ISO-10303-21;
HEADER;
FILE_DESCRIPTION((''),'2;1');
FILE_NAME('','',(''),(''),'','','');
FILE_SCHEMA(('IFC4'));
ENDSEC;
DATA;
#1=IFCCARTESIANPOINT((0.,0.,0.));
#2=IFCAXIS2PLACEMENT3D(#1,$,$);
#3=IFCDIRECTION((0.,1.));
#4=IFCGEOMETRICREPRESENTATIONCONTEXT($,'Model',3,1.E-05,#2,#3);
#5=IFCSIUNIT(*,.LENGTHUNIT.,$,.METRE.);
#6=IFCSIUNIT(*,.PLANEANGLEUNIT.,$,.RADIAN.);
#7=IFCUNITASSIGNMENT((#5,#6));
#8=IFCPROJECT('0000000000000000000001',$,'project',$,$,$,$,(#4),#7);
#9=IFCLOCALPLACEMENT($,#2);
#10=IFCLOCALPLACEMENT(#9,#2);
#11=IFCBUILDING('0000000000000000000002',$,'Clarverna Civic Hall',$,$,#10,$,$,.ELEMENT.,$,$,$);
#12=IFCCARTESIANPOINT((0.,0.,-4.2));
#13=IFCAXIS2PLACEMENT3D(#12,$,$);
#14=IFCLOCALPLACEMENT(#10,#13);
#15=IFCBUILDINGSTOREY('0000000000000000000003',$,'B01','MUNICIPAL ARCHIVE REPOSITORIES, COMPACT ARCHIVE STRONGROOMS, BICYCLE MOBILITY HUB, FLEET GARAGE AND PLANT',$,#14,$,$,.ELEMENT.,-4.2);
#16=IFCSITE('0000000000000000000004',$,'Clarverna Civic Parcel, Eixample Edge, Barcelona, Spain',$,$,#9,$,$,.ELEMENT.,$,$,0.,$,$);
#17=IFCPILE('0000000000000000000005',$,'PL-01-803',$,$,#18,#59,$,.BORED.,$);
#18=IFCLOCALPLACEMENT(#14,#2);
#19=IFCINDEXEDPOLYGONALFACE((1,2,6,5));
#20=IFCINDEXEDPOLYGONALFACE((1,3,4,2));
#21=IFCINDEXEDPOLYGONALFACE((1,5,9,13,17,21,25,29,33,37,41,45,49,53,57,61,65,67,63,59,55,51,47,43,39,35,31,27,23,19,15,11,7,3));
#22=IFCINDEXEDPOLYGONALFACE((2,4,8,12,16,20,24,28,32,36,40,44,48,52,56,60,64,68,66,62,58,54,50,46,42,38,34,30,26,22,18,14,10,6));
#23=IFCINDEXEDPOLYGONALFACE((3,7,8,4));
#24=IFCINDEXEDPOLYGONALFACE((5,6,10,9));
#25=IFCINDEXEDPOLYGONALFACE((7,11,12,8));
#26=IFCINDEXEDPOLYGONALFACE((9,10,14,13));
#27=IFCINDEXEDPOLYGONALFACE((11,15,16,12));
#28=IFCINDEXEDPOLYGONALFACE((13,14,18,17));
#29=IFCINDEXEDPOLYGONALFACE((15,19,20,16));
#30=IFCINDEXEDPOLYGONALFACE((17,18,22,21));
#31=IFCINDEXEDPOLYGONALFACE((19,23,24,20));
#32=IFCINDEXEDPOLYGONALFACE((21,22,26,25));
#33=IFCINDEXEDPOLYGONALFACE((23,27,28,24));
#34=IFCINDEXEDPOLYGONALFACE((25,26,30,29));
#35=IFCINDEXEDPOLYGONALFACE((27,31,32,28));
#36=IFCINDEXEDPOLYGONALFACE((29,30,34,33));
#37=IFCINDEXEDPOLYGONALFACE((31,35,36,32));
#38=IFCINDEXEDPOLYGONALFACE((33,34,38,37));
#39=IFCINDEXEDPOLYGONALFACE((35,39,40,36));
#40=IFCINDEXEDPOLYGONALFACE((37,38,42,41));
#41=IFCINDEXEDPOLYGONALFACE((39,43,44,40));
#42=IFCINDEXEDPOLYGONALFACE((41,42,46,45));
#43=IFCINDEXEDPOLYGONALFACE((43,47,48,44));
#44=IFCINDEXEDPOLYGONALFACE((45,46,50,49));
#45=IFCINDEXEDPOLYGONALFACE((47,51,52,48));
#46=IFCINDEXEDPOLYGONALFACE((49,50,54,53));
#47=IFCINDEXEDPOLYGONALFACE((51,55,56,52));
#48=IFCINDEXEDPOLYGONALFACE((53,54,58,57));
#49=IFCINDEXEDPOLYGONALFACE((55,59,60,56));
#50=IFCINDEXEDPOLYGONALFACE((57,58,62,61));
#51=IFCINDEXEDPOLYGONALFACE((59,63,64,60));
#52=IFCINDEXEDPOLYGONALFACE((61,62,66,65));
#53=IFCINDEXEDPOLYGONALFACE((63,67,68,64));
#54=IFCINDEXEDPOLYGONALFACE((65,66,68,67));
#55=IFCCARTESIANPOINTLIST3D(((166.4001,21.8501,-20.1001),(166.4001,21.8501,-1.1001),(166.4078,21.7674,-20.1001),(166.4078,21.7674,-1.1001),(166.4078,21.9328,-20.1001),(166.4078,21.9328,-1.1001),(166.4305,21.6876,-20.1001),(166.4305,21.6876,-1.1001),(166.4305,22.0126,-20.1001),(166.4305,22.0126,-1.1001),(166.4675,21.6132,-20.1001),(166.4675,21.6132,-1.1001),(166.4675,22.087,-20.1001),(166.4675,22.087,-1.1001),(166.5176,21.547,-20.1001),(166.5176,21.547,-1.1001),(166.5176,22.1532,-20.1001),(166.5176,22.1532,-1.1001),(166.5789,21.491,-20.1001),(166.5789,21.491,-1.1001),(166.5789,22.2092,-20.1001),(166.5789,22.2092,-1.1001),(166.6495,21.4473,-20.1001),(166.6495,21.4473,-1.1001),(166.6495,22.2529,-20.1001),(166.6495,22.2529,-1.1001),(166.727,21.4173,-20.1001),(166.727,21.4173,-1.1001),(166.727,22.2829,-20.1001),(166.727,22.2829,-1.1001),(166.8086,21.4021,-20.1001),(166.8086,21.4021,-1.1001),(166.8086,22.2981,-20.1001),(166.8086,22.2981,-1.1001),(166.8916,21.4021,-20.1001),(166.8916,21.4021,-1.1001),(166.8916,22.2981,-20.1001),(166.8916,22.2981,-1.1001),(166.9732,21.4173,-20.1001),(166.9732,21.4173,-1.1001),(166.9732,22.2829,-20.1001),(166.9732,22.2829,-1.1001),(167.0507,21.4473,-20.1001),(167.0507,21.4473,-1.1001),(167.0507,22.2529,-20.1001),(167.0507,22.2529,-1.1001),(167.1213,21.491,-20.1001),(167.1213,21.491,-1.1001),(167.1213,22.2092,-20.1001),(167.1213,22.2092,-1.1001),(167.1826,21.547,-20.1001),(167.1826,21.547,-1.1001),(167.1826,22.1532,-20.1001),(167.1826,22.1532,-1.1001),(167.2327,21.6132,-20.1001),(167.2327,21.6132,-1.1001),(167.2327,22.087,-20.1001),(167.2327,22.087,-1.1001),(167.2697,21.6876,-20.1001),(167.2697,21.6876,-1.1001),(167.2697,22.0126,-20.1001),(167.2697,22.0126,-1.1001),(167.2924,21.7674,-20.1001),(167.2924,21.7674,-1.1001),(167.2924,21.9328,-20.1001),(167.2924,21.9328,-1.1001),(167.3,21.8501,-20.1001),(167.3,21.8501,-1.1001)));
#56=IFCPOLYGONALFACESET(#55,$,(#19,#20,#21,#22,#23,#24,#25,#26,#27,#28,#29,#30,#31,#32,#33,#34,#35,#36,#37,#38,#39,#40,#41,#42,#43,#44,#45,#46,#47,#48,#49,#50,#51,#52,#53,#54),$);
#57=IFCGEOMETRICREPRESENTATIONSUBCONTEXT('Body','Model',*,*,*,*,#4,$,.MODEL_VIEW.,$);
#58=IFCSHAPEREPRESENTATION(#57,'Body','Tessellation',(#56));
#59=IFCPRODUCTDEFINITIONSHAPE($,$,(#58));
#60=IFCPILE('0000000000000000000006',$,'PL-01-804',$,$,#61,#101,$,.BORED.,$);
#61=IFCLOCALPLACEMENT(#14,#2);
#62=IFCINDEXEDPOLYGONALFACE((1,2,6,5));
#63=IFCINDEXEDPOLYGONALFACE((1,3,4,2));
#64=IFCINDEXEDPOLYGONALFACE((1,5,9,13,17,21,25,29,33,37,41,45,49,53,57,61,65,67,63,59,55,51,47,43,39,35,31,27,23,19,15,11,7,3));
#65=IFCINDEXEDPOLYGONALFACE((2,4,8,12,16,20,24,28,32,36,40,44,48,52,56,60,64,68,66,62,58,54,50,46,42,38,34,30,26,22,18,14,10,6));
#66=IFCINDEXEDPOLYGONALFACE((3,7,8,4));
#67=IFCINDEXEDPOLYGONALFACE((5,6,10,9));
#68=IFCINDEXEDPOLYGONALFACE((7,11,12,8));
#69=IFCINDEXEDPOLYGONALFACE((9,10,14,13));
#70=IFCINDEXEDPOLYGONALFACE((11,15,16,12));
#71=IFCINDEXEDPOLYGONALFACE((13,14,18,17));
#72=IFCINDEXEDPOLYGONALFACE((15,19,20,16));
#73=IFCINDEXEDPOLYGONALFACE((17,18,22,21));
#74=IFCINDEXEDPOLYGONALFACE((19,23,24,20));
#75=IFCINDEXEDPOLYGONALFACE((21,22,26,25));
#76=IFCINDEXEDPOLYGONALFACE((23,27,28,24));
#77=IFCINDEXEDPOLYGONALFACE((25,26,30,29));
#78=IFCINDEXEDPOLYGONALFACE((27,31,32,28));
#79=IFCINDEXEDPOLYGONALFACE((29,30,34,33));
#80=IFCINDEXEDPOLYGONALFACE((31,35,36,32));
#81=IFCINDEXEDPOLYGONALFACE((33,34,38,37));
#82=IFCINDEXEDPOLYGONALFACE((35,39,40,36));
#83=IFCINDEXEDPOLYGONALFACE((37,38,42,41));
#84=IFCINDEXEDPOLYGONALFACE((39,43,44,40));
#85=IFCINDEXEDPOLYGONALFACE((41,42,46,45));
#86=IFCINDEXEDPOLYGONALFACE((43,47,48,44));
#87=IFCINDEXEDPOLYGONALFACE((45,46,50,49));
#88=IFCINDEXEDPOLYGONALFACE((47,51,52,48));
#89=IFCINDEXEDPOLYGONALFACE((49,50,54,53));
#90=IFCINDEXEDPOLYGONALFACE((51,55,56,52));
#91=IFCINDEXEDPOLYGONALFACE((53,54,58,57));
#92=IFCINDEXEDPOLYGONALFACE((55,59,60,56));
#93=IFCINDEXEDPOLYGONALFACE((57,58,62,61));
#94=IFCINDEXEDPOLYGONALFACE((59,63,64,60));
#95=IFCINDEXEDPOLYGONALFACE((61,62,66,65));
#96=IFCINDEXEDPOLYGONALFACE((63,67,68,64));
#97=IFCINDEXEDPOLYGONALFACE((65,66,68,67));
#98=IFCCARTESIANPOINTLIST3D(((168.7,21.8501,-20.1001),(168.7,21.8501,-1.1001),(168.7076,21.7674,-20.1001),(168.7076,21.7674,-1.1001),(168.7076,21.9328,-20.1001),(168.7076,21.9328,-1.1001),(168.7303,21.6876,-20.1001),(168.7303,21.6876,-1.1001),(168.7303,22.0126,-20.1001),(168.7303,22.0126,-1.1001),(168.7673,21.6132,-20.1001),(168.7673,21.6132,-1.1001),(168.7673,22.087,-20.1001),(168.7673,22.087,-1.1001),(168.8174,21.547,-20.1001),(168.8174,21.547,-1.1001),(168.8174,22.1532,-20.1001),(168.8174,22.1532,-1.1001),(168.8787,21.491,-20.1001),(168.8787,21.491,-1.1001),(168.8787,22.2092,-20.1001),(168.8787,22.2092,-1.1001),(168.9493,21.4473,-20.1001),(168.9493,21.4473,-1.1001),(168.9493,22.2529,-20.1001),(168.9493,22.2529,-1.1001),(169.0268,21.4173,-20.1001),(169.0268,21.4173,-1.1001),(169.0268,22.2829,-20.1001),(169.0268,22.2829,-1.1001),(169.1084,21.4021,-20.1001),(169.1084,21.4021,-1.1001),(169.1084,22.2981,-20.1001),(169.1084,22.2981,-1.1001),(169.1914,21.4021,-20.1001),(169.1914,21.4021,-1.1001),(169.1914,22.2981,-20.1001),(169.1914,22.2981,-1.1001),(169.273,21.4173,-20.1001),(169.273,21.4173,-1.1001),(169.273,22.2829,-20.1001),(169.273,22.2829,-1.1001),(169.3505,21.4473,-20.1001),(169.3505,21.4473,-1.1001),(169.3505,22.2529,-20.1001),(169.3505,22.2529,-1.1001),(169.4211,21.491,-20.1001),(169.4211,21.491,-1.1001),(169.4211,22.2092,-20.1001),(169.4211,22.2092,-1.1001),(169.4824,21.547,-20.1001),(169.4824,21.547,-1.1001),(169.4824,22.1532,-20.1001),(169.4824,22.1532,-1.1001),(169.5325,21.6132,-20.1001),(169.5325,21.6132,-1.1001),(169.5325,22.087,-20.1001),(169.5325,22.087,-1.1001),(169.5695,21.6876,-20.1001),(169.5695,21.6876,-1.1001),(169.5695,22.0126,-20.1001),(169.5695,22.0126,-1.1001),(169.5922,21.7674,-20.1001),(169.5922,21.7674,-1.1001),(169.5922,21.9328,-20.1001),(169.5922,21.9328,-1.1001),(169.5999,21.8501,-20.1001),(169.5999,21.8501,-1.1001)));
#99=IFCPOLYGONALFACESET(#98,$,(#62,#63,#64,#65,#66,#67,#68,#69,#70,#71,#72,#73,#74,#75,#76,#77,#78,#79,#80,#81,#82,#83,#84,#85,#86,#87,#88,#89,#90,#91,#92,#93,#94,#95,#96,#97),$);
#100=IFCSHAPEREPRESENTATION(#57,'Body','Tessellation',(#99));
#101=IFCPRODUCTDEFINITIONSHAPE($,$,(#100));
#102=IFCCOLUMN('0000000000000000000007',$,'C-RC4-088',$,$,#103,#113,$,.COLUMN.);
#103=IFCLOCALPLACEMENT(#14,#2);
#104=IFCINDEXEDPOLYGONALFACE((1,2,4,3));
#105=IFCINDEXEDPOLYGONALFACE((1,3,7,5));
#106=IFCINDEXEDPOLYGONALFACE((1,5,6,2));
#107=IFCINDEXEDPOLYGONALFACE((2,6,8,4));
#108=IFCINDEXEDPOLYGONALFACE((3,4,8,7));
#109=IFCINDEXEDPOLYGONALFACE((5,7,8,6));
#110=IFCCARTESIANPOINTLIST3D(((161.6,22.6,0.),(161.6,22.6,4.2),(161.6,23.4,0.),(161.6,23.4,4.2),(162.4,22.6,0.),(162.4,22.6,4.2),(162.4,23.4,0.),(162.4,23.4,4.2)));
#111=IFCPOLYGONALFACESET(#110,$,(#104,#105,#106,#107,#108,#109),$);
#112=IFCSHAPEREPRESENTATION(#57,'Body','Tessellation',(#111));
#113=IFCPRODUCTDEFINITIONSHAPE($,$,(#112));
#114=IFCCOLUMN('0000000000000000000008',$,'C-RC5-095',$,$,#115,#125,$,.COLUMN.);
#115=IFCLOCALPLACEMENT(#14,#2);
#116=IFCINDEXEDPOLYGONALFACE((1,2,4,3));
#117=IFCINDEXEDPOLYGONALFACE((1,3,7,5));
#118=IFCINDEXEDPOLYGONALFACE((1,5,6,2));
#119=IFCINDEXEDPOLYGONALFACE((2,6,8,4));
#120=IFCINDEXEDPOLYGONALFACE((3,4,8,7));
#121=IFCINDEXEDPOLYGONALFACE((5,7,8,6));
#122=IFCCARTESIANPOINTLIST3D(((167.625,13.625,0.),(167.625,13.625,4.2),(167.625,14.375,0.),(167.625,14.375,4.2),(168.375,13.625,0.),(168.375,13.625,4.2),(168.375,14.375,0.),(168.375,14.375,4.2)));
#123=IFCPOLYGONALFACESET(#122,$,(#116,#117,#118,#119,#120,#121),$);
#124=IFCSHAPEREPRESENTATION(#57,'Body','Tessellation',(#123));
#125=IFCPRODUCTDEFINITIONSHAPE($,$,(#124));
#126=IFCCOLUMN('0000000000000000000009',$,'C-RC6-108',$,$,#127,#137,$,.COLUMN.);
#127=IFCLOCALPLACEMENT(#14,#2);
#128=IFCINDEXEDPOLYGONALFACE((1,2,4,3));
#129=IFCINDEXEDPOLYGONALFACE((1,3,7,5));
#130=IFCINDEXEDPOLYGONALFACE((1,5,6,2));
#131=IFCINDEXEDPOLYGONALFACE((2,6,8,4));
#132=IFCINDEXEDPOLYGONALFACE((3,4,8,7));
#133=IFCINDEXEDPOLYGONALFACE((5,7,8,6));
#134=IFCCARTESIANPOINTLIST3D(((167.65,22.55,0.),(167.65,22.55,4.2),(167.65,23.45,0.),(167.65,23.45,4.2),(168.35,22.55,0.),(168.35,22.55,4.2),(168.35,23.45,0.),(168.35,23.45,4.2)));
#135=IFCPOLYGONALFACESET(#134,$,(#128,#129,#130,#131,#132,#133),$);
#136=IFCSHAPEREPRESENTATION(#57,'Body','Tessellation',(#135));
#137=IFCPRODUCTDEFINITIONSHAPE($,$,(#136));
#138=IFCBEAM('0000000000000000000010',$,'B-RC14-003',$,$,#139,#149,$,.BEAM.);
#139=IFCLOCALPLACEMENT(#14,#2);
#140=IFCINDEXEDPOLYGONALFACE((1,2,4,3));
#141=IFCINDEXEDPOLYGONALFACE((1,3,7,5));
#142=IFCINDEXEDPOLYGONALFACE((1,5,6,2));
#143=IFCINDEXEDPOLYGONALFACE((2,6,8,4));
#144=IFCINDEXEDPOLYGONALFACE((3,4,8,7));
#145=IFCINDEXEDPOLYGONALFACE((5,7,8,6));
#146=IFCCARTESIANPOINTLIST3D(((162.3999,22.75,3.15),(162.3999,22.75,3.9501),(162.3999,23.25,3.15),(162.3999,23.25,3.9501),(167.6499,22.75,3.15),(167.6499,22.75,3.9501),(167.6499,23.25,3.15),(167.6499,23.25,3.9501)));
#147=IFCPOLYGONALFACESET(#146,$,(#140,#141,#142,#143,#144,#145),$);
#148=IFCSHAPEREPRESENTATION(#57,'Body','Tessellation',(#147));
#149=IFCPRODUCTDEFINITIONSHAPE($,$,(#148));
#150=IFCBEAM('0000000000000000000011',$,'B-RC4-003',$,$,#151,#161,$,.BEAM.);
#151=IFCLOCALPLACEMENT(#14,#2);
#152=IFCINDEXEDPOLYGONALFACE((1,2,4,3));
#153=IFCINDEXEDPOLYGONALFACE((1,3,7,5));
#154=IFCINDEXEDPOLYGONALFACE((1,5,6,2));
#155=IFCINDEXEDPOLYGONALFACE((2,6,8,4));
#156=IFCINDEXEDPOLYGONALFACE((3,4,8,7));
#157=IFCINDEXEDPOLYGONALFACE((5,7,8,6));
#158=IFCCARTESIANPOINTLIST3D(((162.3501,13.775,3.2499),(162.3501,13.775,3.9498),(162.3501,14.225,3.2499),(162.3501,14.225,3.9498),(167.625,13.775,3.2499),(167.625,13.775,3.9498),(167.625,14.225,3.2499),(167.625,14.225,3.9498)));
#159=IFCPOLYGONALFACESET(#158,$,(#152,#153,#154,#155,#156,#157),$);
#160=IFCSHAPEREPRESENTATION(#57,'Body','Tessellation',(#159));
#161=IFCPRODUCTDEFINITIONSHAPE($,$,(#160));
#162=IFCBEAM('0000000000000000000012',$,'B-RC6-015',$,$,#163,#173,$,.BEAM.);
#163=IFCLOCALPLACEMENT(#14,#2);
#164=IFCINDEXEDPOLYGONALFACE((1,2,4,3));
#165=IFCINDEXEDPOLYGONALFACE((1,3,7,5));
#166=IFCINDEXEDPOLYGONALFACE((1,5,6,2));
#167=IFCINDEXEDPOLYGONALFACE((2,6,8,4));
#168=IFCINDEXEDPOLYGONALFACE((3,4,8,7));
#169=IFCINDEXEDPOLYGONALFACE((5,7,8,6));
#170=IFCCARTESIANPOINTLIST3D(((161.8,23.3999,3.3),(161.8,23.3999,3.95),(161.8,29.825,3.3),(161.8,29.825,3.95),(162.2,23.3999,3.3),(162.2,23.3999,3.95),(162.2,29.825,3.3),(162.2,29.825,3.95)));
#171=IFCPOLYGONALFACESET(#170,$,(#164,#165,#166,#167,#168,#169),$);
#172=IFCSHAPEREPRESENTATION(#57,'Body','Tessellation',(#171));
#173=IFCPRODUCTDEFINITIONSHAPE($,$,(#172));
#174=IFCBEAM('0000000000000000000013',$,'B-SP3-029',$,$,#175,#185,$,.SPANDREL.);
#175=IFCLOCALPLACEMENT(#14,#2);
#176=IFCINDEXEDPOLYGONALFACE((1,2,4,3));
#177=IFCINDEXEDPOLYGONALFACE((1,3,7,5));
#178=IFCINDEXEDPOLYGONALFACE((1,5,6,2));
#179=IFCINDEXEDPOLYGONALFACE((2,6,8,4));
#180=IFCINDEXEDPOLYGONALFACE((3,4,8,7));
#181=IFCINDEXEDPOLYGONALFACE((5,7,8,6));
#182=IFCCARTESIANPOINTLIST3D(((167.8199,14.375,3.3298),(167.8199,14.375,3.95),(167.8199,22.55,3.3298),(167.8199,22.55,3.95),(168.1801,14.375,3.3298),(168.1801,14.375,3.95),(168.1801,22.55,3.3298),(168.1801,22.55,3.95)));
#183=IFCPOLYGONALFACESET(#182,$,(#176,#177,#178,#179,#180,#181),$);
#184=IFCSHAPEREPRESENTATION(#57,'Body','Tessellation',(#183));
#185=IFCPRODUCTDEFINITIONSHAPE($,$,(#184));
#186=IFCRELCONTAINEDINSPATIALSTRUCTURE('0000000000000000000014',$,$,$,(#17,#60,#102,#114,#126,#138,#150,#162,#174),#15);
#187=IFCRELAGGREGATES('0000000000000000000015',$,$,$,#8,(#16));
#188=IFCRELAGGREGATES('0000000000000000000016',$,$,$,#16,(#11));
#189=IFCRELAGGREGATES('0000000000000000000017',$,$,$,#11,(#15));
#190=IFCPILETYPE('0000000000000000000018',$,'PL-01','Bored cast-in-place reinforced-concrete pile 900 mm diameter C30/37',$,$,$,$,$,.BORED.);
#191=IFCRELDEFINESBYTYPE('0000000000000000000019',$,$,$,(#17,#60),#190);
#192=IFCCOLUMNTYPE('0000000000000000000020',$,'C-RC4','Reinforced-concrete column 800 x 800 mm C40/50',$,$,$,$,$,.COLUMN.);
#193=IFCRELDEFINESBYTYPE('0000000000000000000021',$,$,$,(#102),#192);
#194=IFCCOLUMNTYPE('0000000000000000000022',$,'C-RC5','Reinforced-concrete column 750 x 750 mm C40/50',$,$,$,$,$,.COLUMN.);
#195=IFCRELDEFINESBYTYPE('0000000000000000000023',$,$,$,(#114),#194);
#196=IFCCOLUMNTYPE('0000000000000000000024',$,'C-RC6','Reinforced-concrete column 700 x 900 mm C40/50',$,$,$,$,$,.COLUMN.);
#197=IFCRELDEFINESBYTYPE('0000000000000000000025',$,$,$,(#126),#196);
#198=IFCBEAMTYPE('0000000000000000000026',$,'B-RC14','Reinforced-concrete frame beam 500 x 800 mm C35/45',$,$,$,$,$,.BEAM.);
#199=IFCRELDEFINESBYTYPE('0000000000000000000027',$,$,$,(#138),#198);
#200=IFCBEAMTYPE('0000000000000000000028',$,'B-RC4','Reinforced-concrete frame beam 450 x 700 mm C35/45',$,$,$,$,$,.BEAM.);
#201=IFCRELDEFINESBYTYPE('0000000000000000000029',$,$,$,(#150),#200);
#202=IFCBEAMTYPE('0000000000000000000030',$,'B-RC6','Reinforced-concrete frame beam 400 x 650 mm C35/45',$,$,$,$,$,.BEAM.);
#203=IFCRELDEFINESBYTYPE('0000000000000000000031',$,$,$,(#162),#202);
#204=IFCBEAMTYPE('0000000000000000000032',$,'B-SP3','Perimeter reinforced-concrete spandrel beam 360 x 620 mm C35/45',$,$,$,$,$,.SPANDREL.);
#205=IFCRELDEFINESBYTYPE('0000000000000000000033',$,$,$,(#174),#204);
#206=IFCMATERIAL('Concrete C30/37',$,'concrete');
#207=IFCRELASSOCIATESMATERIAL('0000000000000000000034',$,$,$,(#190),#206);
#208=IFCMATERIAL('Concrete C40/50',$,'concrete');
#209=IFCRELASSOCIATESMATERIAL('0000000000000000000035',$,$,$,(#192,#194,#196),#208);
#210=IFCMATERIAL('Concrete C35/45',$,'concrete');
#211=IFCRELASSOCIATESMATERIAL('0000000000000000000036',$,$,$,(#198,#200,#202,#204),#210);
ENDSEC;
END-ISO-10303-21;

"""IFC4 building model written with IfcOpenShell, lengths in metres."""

from ifc_helpers import new_model, si_unit, direction, frame, origin, origin_2d, place, context, subcontext, project, spatial, rectangle, circle, extrude, material, material_profile, profile_set, type_object, element, save


model = new_model("IFC4")

# Units and contexts
model_context = context("Model", 3, precision=1e-05, world=origin(), true_north=direction((0.0, 1.0)))
body_context = subcontext(model_context, "Body", "Model", "MODEL_VIEW")
ifc_project = project(units=[si_unit("LENGTHUNIT", "METRE"), si_unit("PLANEANGLEUNIT", "RADIAN")], contexts=[model_context])

# Site, building, storey
site_placement = place(None, origin())
site = spatial("IfcSite", under=ifc_project, at=site_placement, Name="Clarverna Civic Parcel, Eixample Edge, Barcelona, Spain", CompositionType="ELEMENT", RefElevation=0.0)
building_placement = place(site_placement, origin())
building = spatial("IfcBuilding", under=site, at=building_placement, Name="Clarverna Civic Hall", CompositionType="ELEMENT")
storey_placement = place(building_placement, frame((0.0, 0.0, -4.2)))
storey = spatial("IfcBuildingStorey", under=building, at=storey_placement, Name="B01", Description="MUNICIPAL ARCHIVE REPOSITORIES, COMPACT ARCHIVE STRONGROOMS, BICYCLE MOBILITY HUB, FLEET GARAGE AND PLANT", CompositionType="ELEMENT", Elevation=-4.2)

# Shared definitions
ifc_material_1 = material(Name="Concrete C30/37", Category="concrete")

# Piles
ifc_material_profile_1 = material_profile(ifc_material_1, circle(Radius=0.45, at=origin_2d()), Name="BORED PILE D900")
ifc_profile_set_1 = profile_set([ifc_material_profile_1], Name="Concrete C30/37")
pile_type = type_object("IfcPileType", Name="PL-01", Description="Bored cast-in-place reinforced-concrete pile 900 mm diameter C30/37", PredefinedType="BORED", material=ifc_profile_set_1)
for number, where, z_axis, x_axis, name in (
    (1, (166.8501, 21.8501, -1.1001), (0.0, 0.0, -1.0), (1.0, 0.0, 0.0), "PL-01-803"),
    (2, (169.1499, 21.8501, -1.1001), (0.0, 0.0, -1.0), (1.0, 0.0, 0.0), "PL-01-804"),
):
    element("IfcPile", number, at=place(storey_placement, frame(where, z_axis=z_axis, x_axis=x_axis)), inside=storey, type_object=pile_type, Name=name, PredefinedType="BORED", context=body_context, shape_type="SweptSolid", body=[
        extrude(circle(Radius=0.45, at=origin_2d()), origin(), (0.0, 0.0, 1.0), 19.0),
    ])

# Columns
ifc_material_2 = material(Name="Concrete C40/50", Category="concrete")
ifc_material_profile_2 = material_profile(ifc_material_2, rectangle(XDim=0.8, YDim=0.8, at=origin_2d()), Name="RC 800x800")
ifc_profile_set_2 = profile_set([ifc_material_profile_2], Name="Concrete C40/50")
column_type_1 = type_object("IfcColumnType", Name="C-RC4", Description="Reinforced-concrete column 800 x 800 mm C40/50", PredefinedType="COLUMN", material=ifc_profile_set_2)
column_1_placement = place(storey_placement, frame((162.0, 23.0, 0.0), z_axis=(0.0, 0.0, 1.0), x_axis=(1.0, 0.0, 0.0)))
element("IfcColumn", 3, at=column_1_placement, inside=storey, type_object=column_type_1, Name="C-RC4-088", PredefinedType="COLUMN", context=body_context, shape_type="SweptSolid", body=[
    extrude(rectangle(XDim=0.8, YDim=0.8, at=origin_2d()), origin(), (0.0, 0.0, 1.0), 4.2),
])
ifc_material_profile_3 = material_profile(ifc_material_2, rectangle(XDim=0.75, YDim=0.75, at=origin_2d()), Name="RC 750x750")
ifc_profile_set_3 = profile_set([ifc_material_profile_3], Name="Concrete C40/50")
column_type_2 = type_object("IfcColumnType", Name="C-RC5", Description="Reinforced-concrete column 750 x 750 mm C40/50", PredefinedType="COLUMN", material=ifc_profile_set_3)
column_2_placement = place(storey_placement, frame((168.0, 14.0, 0.0), z_axis=(0.0, 0.0, 1.0), x_axis=(1.0, 0.0, 0.0)))
element("IfcColumn", 4, at=column_2_placement, inside=storey, type_object=column_type_2, Name="C-RC5-095", PredefinedType="COLUMN", context=body_context, shape_type="SweptSolid", body=[
    extrude(rectangle(XDim=0.75, YDim=0.75, at=origin_2d()), origin(), (0.0, 0.0, 1.0), 4.2),
])
ifc_material_profile_4 = material_profile(ifc_material_2, rectangle(XDim=0.7, YDim=0.8999, at=origin_2d()), Name="RC 700x900")
ifc_profile_set_4 = profile_set([ifc_material_profile_4], Name="Concrete C40/50")
column_type_3 = type_object("IfcColumnType", Name="C-RC6", Description="Reinforced-concrete column 700 x 900 mm C40/50", PredefinedType="COLUMN", material=ifc_profile_set_4)
column_3_placement = place(storey_placement, frame((168.0, 23.0, 0.0), z_axis=(0.0, 0.0, 1.0), x_axis=(1.0, 0.0, 0.0)))
element("IfcColumn", 5, at=column_3_placement, inside=storey, type_object=column_type_3, Name="C-RC6-108", PredefinedType="COLUMN", context=body_context, shape_type="SweptSolid", body=[
    extrude(rectangle(XDim=0.7, YDim=0.8999, at=origin_2d()), origin(), (0.0, 0.0, 1.0), 4.2),
])

# Beams
ifc_material_3 = material(Name="Concrete C35/45", Category="concrete")
ifc_material_profile_5 = material_profile(ifc_material_3, rectangle(XDim=0.5, YDim=0.8, at=origin_2d()), Name="RC 500x800")
ifc_profile_set_5 = profile_set([ifc_material_profile_5], Name="Concrete C35/45")
beam_type_1 = type_object("IfcBeamType", Name="B-RC14", Description="Reinforced-concrete frame beam 500 x 800 mm C35/45", PredefinedType="BEAM", material=ifc_profile_set_5)
beam_1_placement = place(storey_placement, frame((162.3999, 23.0, 3.55), z_axis=(1.0, 0.0, 0.0), x_axis=(0.0, 1.0, 0.0)))
element("IfcBeam", 6, at=beam_1_placement, inside=storey, type_object=beam_type_1, Name="B-RC14-003", PredefinedType="BEAM", context=body_context, shape_type="SweptSolid", body=[
    extrude(rectangle(XDim=0.5, YDim=0.8, at=origin_2d()), origin(), (0.0, 0.0, 1.0), 5.25),
])
ifc_material_profile_6 = material_profile(ifc_material_3, rectangle(XDim=0.45, YDim=0.7, at=origin_2d()), Name="RC 450x700")
ifc_profile_set_6 = profile_set([ifc_material_profile_6], Name="Concrete C35/45")
beam_type_2 = type_object("IfcBeamType", Name="B-RC4", Description="Reinforced-concrete frame beam 450 x 700 mm C35/45", PredefinedType="BEAM", material=ifc_profile_set_6)
beam_2_placement = place(storey_placement, frame((162.3501, 14.0, 3.5999), z_axis=(1.0, 0.0, 0.0), x_axis=(0.0, 1.0, 0.0)))
element("IfcBeam", 7, at=beam_2_placement, inside=storey, type_object=beam_type_2, Name="B-RC4-003", PredefinedType="BEAM", context=body_context, shape_type="SweptSolid", body=[
    extrude(rectangle(XDim=0.45, YDim=0.7, at=origin_2d()), origin(), (0.0, 0.0, 1.0), 5.2749),
])
ifc_material_profile_7 = material_profile(ifc_material_3, rectangle(XDim=0.3999, YDim=0.6499, at=origin_2d()), Name="RC 400x650")
ifc_profile_set_7 = profile_set([ifc_material_profile_7], Name="Concrete C35/45")
beam_type_3 = type_object("IfcBeamType", Name="B-RC6", Description="Reinforced-concrete frame beam 400 x 650 mm C35/45", PredefinedType="BEAM", material=ifc_profile_set_7)
beam_3_placement = place(storey_placement, frame((162.0, 23.3999, 3.625), z_axis=(0.0, 1.0, 0.0), x_axis=(-1.0, 0.0, 0.0)))
element("IfcBeam", 8, at=beam_3_placement, inside=storey, type_object=beam_type_3, Name="B-RC6-015", PredefinedType="BEAM", context=body_context, shape_type="SweptSolid", body=[
    extrude(rectangle(XDim=0.3999, YDim=0.6499, at=origin_2d()), origin(), (0.0, 0.0, 1.0), 6.425),
])
ifc_material_profile_8 = material_profile(ifc_material_3, rectangle(XDim=0.3601, YDim=0.6201, at=origin_2d()), Name="RC 360x620")
ifc_profile_set_8 = profile_set([ifc_material_profile_8], Name="Concrete C35/45")
beam_type_4 = type_object("IfcBeamType", Name="B-SP3", Description="Perimeter reinforced-concrete spandrel beam 360 x 620 mm C35/45", PredefinedType="SPANDREL", material=ifc_profile_set_8)
beam_4_placement = place(storey_placement, frame((168.0, 14.375, 3.6399), z_axis=(0.0, 1.0, 0.0), x_axis=(-1.0, 0.0, 0.0)))
element("IfcBeam", 9, at=beam_4_placement, inside=storey, type_object=beam_type_4, Name="B-SP3-029", PredefinedType="SPANDREL", context=body_context, shape_type="SweptSolid", body=[
    extrude(rectangle(XDim=0.3601, YDim=0.6201, at=origin_2d()), origin(), (0.0, 0.0, 1.0), 8.175),
])

save(model, "model.ifc")
